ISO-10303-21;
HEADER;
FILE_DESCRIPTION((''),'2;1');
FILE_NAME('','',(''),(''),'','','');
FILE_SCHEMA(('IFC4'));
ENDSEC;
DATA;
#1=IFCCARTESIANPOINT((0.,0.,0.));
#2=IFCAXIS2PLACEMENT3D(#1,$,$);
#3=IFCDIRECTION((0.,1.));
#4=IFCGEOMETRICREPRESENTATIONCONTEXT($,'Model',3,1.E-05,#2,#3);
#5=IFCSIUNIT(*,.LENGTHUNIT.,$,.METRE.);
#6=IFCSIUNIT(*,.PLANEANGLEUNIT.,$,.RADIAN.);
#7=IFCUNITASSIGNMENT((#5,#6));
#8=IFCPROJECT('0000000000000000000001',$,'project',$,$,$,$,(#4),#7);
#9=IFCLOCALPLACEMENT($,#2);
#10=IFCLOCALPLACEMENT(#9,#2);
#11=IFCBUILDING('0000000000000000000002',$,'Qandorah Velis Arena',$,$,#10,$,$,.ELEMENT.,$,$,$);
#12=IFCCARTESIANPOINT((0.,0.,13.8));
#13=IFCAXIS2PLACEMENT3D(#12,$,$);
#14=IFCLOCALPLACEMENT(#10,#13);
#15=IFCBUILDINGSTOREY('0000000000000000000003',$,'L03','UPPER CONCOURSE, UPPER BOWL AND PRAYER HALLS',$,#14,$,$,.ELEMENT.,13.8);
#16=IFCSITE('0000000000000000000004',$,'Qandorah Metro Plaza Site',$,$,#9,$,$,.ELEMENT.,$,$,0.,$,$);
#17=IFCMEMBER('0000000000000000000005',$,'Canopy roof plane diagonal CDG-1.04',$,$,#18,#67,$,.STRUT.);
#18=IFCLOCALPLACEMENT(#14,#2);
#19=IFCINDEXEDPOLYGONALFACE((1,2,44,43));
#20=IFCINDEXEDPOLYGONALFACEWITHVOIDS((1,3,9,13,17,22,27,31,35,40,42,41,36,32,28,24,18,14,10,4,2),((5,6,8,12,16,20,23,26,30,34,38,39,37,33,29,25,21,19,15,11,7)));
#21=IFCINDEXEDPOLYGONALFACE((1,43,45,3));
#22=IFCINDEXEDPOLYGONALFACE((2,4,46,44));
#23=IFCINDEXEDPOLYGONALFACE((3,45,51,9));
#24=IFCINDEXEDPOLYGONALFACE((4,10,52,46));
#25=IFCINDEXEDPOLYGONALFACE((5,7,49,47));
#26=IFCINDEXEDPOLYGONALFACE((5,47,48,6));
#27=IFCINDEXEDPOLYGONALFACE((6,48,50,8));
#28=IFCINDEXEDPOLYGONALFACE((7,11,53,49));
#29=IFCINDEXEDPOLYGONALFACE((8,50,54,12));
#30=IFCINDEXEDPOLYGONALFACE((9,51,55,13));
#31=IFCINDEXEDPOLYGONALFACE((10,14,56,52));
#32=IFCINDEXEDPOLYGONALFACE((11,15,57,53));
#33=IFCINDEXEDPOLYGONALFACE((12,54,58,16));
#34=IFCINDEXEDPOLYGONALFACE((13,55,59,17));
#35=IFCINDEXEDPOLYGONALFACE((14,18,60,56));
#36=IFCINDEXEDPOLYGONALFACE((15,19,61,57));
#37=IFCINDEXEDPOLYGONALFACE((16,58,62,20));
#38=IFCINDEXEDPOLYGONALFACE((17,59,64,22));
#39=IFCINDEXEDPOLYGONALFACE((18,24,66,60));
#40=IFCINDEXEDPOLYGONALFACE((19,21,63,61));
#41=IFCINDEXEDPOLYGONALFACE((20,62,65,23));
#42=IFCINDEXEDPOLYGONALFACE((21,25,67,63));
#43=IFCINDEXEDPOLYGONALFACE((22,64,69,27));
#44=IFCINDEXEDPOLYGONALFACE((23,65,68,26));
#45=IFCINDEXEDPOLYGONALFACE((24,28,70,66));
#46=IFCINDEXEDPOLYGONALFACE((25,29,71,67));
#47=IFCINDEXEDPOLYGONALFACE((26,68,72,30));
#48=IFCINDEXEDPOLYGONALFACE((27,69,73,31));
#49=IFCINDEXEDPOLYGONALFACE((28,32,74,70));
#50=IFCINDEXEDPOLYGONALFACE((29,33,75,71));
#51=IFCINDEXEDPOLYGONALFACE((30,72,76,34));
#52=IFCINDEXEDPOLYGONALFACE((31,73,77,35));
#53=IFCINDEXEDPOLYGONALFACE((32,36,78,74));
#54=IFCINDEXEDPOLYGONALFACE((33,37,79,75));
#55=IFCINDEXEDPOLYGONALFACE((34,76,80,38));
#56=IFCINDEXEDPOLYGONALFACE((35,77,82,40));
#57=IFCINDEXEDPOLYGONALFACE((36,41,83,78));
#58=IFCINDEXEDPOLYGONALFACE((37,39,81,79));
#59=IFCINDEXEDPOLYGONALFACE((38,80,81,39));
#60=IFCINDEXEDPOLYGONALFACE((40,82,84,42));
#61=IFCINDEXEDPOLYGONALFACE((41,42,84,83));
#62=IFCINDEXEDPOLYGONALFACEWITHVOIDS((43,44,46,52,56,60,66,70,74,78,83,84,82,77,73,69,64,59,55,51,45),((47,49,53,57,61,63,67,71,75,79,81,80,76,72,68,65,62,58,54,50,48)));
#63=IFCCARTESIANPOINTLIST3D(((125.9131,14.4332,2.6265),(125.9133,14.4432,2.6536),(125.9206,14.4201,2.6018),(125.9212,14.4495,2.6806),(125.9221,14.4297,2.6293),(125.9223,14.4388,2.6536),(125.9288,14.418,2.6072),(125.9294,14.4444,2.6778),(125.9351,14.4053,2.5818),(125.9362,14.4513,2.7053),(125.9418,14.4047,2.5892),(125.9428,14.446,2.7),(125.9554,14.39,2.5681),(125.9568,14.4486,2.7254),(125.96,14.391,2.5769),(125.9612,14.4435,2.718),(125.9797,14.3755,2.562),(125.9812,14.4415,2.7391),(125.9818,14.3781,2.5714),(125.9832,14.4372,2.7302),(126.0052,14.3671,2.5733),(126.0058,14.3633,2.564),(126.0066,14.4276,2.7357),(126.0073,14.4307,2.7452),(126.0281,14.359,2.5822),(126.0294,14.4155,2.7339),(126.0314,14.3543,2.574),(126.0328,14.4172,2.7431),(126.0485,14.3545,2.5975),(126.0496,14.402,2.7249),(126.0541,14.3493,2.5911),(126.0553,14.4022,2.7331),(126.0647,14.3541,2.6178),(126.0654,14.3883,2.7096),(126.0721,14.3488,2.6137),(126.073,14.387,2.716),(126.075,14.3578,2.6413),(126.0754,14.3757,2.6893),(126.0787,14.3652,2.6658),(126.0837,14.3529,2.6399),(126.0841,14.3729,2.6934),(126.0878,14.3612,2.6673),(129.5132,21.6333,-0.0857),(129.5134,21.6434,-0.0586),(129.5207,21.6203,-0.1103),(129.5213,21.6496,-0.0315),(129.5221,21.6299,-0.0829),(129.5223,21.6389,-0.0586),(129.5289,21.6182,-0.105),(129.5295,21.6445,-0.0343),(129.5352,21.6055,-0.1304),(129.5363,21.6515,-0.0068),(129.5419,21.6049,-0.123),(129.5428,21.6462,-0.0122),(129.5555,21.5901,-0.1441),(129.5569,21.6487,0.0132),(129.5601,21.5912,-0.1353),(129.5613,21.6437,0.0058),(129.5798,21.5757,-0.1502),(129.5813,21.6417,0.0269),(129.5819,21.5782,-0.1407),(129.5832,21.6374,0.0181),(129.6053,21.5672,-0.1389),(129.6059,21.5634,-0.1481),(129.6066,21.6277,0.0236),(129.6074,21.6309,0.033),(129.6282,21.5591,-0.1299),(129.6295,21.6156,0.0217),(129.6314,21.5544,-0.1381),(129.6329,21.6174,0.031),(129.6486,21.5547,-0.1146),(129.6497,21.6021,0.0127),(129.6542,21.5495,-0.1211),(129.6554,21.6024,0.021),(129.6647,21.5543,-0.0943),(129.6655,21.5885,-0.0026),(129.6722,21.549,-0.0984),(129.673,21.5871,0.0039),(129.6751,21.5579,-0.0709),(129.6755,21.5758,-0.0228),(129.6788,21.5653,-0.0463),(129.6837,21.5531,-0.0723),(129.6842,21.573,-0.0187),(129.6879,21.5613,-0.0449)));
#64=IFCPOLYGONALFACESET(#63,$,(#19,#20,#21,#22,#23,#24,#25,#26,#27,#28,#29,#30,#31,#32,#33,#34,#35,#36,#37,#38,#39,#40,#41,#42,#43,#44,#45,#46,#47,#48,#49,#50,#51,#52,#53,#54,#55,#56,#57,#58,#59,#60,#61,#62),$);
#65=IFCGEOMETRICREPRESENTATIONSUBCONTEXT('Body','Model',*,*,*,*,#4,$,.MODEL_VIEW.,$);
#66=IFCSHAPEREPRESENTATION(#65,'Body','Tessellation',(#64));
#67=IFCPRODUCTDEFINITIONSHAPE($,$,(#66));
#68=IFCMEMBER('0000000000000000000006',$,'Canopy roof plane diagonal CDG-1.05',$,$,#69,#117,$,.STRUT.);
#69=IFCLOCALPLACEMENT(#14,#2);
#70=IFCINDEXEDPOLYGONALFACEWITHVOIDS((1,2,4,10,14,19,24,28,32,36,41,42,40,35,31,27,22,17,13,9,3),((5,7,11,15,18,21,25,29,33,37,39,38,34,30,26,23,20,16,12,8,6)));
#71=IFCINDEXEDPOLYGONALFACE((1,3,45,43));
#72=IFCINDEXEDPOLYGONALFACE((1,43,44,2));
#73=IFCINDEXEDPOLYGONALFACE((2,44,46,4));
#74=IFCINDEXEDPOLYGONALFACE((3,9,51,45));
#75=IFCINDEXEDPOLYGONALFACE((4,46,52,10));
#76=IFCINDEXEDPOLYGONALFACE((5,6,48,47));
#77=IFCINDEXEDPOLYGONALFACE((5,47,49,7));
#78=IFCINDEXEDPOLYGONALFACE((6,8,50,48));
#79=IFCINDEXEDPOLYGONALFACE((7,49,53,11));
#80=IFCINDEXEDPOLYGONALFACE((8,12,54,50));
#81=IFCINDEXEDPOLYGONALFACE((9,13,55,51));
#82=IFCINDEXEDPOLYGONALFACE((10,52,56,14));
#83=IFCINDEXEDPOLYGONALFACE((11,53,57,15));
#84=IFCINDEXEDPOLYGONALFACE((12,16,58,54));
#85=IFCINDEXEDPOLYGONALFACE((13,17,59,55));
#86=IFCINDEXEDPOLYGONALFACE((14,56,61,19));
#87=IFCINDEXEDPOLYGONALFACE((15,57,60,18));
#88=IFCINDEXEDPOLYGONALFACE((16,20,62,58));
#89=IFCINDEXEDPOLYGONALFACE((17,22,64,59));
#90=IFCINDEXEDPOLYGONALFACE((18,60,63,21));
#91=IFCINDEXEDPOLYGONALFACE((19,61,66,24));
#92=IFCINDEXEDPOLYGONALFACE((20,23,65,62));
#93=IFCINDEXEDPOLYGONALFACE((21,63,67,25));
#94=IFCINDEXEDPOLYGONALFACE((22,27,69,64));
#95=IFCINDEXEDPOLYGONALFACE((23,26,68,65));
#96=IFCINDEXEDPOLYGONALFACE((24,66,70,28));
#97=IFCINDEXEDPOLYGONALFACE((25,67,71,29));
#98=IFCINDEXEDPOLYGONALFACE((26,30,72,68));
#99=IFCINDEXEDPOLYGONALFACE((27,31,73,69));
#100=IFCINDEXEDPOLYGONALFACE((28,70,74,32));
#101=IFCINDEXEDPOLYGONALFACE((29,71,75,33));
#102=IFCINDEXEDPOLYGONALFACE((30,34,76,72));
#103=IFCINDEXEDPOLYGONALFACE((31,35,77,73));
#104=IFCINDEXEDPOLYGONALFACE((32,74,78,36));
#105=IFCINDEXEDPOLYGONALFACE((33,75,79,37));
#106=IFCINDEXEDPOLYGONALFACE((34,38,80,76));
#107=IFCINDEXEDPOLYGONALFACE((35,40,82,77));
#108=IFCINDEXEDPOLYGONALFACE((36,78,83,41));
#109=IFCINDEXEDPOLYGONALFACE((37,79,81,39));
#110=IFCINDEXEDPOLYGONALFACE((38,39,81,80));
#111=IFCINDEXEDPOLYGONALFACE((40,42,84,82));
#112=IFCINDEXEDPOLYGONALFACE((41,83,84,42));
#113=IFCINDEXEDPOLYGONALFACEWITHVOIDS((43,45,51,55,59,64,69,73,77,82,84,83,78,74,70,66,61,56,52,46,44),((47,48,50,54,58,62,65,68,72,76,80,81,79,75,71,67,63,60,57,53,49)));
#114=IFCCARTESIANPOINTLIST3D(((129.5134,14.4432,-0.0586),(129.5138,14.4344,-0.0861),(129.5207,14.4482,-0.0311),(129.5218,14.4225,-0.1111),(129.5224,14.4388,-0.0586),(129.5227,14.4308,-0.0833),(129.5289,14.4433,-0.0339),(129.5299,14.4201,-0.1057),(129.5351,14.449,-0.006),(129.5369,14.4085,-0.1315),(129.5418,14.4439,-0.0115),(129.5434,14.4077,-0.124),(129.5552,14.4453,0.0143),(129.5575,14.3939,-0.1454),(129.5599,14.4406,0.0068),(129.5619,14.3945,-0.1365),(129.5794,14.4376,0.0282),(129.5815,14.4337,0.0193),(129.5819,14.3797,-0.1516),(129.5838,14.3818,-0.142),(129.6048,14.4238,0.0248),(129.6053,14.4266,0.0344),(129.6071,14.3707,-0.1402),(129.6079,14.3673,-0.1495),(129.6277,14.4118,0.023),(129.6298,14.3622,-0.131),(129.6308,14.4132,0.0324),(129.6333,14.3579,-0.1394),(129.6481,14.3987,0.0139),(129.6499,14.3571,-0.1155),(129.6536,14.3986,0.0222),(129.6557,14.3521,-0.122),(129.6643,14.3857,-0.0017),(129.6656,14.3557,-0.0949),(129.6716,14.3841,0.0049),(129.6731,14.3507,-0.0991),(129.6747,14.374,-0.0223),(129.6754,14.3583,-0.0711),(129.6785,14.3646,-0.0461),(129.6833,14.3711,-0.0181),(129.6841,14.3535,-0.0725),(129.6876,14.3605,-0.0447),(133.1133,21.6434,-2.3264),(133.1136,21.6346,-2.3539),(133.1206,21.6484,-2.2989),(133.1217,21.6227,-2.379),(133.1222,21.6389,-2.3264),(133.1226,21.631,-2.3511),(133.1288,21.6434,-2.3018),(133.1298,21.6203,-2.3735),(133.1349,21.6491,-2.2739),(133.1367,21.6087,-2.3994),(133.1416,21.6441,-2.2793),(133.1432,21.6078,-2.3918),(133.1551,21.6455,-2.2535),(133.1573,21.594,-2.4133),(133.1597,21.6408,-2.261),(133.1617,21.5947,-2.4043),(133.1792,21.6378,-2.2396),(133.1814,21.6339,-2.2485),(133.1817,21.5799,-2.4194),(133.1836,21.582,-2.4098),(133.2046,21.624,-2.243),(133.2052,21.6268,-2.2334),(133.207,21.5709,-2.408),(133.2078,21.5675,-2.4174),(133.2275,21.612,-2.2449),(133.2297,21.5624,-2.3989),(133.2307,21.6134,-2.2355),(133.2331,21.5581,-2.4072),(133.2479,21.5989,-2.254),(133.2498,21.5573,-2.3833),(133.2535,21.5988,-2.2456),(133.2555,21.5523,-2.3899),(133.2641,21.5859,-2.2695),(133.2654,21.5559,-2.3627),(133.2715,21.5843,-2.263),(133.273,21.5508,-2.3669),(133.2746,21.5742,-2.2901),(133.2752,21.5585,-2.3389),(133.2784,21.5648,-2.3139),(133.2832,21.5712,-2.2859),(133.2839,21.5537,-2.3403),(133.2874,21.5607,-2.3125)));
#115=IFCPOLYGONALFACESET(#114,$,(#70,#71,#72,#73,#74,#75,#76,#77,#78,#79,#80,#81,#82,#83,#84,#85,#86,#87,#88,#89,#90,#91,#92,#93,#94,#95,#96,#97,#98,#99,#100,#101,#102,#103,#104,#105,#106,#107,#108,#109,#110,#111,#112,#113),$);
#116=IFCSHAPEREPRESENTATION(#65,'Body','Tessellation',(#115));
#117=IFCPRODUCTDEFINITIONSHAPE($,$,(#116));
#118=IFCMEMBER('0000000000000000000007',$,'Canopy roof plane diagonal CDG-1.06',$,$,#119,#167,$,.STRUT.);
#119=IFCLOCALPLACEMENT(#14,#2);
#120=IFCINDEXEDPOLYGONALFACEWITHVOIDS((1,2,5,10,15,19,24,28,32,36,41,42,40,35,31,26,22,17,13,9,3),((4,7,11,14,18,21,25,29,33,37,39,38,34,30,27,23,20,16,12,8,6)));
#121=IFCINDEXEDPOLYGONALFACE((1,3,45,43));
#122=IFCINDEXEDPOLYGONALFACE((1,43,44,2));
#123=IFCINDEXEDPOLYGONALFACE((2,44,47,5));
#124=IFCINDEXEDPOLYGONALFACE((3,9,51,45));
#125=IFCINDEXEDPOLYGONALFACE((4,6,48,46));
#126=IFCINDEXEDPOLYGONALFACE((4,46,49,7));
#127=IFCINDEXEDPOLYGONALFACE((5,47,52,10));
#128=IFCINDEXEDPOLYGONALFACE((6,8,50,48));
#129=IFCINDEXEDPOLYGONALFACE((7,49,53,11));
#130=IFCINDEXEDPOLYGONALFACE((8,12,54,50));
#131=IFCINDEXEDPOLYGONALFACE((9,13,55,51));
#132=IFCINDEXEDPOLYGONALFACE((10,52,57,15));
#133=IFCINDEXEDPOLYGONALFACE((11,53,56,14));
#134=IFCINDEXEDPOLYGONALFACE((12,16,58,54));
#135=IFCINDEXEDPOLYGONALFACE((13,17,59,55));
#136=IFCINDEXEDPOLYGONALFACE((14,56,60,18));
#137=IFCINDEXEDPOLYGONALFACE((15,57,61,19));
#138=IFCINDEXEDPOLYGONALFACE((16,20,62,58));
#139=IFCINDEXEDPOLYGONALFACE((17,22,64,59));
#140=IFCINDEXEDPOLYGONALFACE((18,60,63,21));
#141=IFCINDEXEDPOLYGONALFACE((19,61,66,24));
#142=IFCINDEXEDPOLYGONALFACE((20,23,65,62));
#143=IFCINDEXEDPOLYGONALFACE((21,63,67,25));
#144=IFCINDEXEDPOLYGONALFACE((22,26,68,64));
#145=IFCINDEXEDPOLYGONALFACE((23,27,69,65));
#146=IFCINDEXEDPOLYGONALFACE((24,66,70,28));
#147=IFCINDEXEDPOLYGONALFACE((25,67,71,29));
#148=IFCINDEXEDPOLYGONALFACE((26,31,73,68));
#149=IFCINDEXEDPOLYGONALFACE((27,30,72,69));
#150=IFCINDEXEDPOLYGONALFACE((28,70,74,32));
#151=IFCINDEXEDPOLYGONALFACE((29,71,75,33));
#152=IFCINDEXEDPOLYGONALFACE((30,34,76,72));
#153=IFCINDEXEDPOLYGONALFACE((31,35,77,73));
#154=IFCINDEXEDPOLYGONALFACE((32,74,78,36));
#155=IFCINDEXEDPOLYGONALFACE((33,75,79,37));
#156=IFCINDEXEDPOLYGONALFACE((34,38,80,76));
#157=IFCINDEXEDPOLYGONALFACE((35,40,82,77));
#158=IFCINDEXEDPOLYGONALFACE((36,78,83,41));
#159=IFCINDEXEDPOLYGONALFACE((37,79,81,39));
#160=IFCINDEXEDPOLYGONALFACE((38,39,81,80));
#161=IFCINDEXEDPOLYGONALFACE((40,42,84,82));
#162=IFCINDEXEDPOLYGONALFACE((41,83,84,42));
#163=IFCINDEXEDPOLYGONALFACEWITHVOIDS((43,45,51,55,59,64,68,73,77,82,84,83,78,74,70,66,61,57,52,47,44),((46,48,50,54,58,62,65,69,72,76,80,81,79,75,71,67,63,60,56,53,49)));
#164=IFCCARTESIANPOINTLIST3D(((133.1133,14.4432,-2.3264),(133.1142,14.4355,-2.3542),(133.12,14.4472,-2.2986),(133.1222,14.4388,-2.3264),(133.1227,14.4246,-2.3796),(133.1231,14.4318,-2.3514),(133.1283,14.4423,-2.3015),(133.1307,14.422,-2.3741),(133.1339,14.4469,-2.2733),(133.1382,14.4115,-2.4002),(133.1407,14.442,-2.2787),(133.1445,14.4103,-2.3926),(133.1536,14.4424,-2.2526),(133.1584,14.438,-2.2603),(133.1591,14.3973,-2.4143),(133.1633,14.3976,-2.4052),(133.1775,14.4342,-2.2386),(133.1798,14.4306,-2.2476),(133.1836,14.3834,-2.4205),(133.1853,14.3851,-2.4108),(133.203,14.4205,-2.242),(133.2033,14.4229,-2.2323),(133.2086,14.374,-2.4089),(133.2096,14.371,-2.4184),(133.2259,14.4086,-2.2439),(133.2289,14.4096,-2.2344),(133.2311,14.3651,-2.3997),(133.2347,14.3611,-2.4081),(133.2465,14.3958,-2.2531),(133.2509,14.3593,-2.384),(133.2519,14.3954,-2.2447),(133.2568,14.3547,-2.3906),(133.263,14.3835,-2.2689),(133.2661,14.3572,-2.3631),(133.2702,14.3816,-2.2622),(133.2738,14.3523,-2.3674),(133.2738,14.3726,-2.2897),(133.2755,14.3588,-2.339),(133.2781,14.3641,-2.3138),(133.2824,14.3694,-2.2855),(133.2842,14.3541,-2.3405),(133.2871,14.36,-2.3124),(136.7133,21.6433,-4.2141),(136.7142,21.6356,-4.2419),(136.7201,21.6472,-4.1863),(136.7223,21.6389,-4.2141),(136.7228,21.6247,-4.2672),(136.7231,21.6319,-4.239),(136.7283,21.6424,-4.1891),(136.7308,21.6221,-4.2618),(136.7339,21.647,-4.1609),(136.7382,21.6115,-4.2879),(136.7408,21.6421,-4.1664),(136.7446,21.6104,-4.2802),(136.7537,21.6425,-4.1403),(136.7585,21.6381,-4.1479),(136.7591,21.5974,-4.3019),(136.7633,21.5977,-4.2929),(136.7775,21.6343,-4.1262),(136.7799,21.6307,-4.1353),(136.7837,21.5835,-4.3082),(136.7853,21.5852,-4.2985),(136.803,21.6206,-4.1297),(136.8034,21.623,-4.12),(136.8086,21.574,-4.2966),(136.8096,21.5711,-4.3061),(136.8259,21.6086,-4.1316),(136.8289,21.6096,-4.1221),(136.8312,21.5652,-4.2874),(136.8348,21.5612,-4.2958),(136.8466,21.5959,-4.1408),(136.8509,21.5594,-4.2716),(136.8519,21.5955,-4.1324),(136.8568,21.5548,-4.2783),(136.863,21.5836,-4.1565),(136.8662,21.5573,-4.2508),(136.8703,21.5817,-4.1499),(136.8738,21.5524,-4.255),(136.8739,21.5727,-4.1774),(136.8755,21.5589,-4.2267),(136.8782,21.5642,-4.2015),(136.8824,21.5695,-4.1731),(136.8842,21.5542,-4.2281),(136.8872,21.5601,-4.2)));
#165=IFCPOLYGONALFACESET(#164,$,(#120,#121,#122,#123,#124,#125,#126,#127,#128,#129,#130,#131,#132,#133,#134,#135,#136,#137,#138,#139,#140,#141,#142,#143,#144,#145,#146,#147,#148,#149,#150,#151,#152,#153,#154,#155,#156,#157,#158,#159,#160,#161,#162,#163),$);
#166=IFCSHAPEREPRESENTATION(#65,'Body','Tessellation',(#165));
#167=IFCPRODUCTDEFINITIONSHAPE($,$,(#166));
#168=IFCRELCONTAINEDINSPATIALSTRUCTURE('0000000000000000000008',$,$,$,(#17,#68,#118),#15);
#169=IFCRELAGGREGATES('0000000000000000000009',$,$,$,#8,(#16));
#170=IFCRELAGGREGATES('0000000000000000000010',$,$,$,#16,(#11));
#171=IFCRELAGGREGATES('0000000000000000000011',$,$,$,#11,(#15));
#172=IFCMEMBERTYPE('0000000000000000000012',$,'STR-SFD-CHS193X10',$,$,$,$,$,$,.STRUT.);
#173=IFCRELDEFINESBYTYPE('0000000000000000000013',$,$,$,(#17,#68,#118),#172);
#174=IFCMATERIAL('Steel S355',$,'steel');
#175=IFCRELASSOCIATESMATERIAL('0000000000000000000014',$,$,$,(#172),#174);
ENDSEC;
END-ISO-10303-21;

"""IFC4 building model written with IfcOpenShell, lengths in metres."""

from ifc_helpers import new_model, si_unit, direction, frame, origin, origin_2d, place, context, subcontext, project, spatial, hollow_circle, extrude, material, material_profile, profile_set, type_object, element, save


model = new_model("IFC4")

# Units and contexts
model_context = context("Model", 3, precision=1e-05, world=origin(), true_north=direction((0.0, 1.0)))
body_context = subcontext(model_context, "Body", "Model", "MODEL_VIEW")
ifc_project = project(units=[si_unit("LENGTHUNIT", "METRE"), si_unit("PLANEANGLEUNIT", "RADIAN")], contexts=[model_context])

# Site, building, storey
site_placement = place(None, origin())
site = spatial("IfcSite", under=ifc_project, at=site_placement, Name="Qandorah Metro Plaza Site", CompositionType="ELEMENT", RefElevation=0.0)
building_placement = place(site_placement, origin())
building = spatial("IfcBuilding", under=site, at=building_placement, Name="Qandorah Velis Arena", CompositionType="ELEMENT")
storey_placement = place(building_placement, frame((0.0, 0.0, 13.8)))
storey = spatial("IfcBuildingStorey", under=building, at=storey_placement, Name="L03", Description="UPPER CONCOURSE, UPPER BOWL AND PRAYER HALLS", CompositionType="ELEMENT", Elevation=13.8)

# Shared definitions
ifc_material_1 = material(Name="Steel S355", Category="steel")

# Members
ifc_material_profile_1 = material_profile(ifc_material_1, hollow_circle(Radius=0.0969, WallThickness=0.01, at=origin_2d()), Name="CHS 193.7x10")
ifc_profile_set_1 = profile_set([ifc_material_profile_1], Name="Steel S355")
member_type_1 = type_object("IfcMemberType", Name="STR-SFD-CHS193X10", PredefinedType="STRUT", material=ifc_profile_set_1)
member_1_placement = place(storey_placement, frame((126.0, 14.3999, 2.6536), z_axis=(0.423807, 0.847614, -0.319278), x_axis=(-0.894427, 0.447214, 0.0)))
element("IfcMember", 1, at=member_1_placement, inside=storey, type_object=member_type_1, Name="Canopy roof plane diagonal CDG-1.04", PredefinedType="STRUT", context=body_context, shape_type="SweptSolid", body=[
    extrude(hollow_circle(Radius=0.0969, WallThickness=0.01, at=origin_2d()), origin(), (0.0, 0.0, 1.0), 8.4946),
])
member_2_placement = place(storey_placement, frame((129.6001, 14.3999, -0.0586), z_axis=(0.430435, 0.860928, -0.271164), x_axis=(-0.894439, 0.447189, 0.0)))
element("IfcMember", 2, at=member_2_placement, inside=storey, type_object=member_type_1, Name="Canopy roof plane diagonal CDG-1.05", PredefinedType="STRUT", context=body_context, shape_type="SweptSolid", body=[
    extrude(hollow_circle(Radius=0.0969, WallThickness=0.01, at=origin_2d()), origin(), (0.0, 0.0, 1.0), 8.3633),
])
member_3_placement = place(storey_placement, frame((133.2, 14.3999, -2.3264), z_axis=(0.435403, 0.870806, -0.228302), x_axis=(-0.894427, 0.447214, 0.0)))
element("IfcMember", 3, at=member_3_placement, inside=storey, type_object=member_type_1, Name="Canopy roof plane diagonal CDG-1.06", PredefinedType="STRUT", context=body_context, shape_type="SweptSolid", body=[
    extrude(hollow_circle(Radius=0.0969, WallThickness=0.01, at=origin_2d()), origin(), (0.0, 0.0, 1.0), 8.2683),
])

save(model, "model.ifc")
